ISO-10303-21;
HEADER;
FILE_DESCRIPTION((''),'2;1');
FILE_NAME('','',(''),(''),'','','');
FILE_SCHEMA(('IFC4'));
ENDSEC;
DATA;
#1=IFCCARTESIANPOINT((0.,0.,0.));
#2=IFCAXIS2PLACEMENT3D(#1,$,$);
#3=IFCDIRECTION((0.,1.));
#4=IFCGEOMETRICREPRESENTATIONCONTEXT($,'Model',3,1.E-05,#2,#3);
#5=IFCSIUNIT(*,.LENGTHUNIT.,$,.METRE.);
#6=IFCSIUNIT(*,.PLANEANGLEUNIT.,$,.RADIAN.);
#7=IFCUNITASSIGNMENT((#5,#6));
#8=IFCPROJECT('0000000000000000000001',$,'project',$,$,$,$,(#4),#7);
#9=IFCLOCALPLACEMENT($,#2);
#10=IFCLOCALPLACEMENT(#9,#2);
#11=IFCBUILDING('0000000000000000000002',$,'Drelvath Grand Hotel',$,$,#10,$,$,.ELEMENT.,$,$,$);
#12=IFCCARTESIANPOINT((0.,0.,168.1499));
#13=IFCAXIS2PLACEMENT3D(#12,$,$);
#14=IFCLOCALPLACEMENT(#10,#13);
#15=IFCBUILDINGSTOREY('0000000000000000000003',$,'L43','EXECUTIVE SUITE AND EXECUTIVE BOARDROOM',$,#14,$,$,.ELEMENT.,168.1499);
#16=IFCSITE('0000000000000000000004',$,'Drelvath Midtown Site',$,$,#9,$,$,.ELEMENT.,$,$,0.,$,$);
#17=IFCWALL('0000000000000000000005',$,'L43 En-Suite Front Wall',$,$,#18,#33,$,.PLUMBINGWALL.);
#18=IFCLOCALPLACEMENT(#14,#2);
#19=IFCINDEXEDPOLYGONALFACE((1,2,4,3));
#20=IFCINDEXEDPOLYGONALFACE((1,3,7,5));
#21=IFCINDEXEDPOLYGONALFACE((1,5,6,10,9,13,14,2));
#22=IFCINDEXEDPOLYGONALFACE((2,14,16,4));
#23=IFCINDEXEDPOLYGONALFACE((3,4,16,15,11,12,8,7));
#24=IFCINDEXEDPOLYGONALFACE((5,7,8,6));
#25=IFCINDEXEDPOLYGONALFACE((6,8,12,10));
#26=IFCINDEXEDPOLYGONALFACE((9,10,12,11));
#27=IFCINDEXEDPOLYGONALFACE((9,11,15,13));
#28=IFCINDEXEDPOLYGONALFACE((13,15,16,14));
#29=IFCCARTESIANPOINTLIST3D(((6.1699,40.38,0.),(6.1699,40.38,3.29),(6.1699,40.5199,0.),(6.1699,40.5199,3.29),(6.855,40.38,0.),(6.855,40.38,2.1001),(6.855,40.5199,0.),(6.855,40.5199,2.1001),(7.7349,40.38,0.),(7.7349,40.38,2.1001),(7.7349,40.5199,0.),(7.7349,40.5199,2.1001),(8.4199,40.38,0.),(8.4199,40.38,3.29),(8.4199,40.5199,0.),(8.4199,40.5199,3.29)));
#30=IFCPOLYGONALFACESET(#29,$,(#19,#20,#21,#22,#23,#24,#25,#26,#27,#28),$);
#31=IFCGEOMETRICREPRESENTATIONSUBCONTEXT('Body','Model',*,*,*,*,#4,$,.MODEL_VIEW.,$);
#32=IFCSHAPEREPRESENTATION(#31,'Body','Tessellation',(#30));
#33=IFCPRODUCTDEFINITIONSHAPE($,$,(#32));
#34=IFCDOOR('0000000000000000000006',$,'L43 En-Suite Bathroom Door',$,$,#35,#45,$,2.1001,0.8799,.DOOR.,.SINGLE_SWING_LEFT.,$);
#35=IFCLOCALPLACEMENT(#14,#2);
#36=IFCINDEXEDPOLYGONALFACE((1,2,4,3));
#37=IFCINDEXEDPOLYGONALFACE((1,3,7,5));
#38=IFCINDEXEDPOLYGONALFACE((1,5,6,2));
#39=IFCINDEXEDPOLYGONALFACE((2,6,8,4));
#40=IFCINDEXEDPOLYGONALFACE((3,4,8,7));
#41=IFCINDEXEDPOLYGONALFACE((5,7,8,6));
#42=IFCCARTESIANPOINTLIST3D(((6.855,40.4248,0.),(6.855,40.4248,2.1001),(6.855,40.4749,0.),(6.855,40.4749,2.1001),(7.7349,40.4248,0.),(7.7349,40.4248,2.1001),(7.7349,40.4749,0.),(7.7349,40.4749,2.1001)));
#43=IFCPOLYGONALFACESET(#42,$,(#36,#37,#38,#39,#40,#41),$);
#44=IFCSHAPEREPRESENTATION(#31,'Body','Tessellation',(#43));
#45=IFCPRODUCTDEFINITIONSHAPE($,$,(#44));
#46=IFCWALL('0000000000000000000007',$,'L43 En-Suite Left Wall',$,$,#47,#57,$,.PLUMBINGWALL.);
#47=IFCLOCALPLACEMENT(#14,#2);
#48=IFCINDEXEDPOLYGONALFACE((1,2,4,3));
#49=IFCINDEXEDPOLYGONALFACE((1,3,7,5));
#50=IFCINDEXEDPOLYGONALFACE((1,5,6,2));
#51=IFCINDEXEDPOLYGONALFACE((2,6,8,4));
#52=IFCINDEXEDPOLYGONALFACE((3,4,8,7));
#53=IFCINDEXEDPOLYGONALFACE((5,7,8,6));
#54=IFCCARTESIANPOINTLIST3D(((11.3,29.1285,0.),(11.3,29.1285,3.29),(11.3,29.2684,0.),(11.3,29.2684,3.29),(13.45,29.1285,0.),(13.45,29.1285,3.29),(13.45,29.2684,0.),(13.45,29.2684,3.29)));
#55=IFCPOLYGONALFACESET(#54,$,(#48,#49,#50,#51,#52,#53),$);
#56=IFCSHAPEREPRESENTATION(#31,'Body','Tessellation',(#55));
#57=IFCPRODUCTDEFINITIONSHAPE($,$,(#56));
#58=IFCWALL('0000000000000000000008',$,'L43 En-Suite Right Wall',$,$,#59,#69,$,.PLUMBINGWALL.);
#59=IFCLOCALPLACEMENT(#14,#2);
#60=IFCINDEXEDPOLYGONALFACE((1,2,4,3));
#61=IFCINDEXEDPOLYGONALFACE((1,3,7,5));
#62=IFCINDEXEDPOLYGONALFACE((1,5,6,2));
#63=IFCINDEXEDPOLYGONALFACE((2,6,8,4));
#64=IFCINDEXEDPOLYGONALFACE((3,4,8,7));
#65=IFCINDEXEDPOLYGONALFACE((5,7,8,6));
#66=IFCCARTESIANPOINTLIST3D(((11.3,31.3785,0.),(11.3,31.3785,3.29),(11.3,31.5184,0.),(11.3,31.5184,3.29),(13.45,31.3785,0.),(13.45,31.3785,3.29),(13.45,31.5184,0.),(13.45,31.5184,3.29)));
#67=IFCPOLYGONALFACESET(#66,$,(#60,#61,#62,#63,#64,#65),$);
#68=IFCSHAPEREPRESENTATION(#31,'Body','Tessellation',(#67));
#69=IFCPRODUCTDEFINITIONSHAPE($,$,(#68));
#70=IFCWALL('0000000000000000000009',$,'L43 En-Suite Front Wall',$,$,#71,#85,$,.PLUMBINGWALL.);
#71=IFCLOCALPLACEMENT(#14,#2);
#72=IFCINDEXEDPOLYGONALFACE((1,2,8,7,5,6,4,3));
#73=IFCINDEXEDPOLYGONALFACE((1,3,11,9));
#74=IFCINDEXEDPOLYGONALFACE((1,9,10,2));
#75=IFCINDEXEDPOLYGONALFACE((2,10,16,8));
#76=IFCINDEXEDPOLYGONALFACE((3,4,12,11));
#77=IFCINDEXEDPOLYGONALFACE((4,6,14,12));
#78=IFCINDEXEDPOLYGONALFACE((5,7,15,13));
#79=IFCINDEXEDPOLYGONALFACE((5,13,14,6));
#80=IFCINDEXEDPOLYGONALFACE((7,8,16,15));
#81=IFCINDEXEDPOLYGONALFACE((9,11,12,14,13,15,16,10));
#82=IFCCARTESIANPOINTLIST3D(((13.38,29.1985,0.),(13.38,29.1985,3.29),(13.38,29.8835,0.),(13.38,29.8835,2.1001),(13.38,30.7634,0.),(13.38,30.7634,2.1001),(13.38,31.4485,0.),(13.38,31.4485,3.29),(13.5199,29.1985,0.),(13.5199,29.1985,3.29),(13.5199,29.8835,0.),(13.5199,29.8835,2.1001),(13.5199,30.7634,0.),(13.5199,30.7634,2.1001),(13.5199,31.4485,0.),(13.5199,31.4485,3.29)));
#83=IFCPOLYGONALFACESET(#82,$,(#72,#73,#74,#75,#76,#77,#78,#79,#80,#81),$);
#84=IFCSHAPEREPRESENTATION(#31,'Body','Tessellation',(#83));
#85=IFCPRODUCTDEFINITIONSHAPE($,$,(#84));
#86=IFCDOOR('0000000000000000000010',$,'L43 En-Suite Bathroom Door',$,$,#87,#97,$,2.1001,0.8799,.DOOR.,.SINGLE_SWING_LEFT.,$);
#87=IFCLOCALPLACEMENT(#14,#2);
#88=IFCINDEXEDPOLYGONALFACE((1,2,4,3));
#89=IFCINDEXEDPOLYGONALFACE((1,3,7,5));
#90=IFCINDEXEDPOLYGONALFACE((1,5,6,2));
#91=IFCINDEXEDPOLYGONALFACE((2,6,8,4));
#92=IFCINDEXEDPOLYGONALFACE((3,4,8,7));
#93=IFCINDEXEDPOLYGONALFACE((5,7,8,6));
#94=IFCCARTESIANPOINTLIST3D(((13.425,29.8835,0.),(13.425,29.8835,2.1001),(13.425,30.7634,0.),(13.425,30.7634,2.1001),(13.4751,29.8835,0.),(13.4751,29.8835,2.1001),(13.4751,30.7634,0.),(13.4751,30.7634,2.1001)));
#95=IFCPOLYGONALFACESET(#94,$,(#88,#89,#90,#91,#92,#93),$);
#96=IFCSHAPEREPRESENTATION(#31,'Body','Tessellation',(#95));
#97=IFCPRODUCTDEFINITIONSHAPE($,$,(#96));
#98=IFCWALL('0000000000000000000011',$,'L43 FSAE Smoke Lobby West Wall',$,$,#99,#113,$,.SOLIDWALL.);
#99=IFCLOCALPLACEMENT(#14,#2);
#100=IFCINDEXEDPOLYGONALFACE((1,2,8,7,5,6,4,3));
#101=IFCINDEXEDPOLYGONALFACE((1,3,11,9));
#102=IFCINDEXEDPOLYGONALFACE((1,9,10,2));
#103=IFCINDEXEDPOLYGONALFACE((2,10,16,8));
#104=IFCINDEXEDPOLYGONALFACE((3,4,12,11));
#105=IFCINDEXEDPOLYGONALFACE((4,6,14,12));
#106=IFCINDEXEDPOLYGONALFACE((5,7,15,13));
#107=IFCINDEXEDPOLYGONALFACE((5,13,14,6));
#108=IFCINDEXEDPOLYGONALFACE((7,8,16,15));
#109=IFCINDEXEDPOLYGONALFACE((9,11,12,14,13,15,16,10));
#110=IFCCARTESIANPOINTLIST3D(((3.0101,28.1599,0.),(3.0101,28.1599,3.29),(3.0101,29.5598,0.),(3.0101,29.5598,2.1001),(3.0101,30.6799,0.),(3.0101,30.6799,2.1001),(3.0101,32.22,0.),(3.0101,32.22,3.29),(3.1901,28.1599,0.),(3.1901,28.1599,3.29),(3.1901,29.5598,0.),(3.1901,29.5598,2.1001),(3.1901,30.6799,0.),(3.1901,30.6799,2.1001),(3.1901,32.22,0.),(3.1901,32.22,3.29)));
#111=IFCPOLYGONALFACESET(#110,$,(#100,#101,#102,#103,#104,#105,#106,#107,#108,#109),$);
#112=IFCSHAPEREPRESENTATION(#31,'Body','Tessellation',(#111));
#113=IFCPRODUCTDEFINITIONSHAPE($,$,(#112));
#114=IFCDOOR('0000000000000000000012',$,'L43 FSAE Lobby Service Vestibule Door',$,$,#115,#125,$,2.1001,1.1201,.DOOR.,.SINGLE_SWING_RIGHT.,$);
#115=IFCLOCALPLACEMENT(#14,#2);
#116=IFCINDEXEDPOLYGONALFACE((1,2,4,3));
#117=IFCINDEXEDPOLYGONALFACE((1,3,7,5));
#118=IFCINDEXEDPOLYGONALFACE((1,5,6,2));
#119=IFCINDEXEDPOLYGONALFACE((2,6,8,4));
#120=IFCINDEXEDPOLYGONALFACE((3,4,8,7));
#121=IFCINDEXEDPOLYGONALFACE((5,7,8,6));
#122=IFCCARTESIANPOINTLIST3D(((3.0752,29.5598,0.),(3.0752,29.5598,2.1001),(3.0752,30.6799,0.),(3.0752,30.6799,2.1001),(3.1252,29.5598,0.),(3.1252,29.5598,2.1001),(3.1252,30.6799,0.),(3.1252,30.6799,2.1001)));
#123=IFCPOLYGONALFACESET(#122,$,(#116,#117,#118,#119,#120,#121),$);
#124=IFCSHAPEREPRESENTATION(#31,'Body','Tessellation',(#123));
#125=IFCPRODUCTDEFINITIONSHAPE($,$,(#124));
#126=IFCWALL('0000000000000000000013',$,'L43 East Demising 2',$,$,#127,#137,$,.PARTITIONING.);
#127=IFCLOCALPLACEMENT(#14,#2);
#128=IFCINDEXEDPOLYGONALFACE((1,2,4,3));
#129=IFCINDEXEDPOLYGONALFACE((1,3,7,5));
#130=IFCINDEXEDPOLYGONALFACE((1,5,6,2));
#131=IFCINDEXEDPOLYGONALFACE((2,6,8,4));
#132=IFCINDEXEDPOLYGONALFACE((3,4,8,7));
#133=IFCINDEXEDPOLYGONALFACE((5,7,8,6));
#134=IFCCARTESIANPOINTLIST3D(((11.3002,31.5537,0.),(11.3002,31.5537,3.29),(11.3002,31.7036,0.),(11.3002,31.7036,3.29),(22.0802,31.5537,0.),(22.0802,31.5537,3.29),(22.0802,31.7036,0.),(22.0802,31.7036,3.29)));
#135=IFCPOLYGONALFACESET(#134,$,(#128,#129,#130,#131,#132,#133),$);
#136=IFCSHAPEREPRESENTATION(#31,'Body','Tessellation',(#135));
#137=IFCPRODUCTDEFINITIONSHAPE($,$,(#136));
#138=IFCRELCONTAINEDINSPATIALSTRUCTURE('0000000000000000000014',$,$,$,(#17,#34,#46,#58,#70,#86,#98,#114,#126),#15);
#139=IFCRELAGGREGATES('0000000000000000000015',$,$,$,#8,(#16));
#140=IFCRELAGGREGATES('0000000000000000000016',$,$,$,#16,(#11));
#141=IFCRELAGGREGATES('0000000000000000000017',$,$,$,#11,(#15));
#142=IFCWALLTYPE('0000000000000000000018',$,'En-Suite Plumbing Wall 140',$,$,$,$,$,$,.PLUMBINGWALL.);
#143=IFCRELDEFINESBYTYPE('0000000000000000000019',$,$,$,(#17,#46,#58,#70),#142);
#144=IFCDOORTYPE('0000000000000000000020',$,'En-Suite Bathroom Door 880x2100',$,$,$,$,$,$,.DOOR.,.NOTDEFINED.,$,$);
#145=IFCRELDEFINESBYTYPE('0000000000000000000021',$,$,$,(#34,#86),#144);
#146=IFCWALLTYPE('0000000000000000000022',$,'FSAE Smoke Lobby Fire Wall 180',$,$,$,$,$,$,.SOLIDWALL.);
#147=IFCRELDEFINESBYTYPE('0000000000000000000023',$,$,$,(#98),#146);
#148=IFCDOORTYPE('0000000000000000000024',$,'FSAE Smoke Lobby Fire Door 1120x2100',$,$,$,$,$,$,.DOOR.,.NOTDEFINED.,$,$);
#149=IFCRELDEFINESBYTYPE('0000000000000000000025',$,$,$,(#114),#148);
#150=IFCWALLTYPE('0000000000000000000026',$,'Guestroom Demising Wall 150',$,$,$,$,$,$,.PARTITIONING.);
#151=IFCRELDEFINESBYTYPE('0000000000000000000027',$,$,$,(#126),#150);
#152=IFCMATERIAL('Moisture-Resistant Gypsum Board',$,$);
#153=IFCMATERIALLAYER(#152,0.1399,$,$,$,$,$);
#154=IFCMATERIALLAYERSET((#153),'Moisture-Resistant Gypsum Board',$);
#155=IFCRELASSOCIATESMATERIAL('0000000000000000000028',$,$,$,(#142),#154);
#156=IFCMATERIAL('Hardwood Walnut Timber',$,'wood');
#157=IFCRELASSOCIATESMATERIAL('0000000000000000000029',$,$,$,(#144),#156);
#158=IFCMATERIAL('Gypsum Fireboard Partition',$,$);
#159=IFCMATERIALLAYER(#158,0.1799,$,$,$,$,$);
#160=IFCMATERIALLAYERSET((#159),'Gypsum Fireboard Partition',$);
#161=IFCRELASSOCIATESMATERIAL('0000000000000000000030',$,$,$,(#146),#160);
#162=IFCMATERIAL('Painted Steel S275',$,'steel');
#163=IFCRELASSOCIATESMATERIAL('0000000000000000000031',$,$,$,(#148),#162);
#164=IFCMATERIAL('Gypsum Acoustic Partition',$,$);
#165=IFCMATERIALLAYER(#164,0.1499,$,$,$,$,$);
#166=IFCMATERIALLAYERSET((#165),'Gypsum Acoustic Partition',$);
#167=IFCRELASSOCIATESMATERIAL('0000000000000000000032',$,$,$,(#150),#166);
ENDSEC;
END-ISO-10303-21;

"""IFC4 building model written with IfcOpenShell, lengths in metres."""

from ifc_helpers import new_model, si_unit, direction, frame, frame_2d, origin, place, context, subcontext, project, spatial, rectangle, extrude, material, layer, layer_set, type_object, element, fill, save


model = new_model("IFC4")

# Units and contexts
model_context = context("Model", 3, precision=1e-05, world=origin(), true_north=direction((0.0, 1.0)))
body_context = subcontext(model_context, "Body", "Model", "MODEL_VIEW")
ifc_project = project(units=[si_unit("LENGTHUNIT", "METRE"), si_unit("PLANEANGLEUNIT", "RADIAN")], contexts=[model_context])

# Site, building, storey
site_placement = place(None, origin())
site = spatial("IfcSite", under=ifc_project, at=site_placement, Name="Drelvath Midtown Site", CompositionType="ELEMENT", RefElevation=0.0)
building_placement = place(site_placement, origin())
building = spatial("IfcBuilding", under=site, at=building_placement, Name="Drelvath Grand Hotel", CompositionType="ELEMENT")
storey_placement = place(building_placement, frame((0.0, 0.0, 168.1499)))
storey = spatial("IfcBuildingStorey", under=building, at=storey_placement, Name="L43", Description="EXECUTIVE SUITE AND EXECUTIVE BOARDROOM", CompositionType="ELEMENT", Elevation=168.1499)

# Shared definitions
ifc_material_1 = material(Name="Painted Steel S275", Category="steel")

# Shared definitions
ifc_material_2 = material(Name="Gypsum Fireboard Partition")
ifc_material_3 = material(Name="Moisture-Resistant Gypsum Board")
ifc_layer_1 = layer(ifc_material_3, 0.1399)
ifc_layer_set_1 = layer_set([ifc_layer_1], Name="Moisture-Resistant Gypsum Board")
wall_type_1 = type_object("IfcWallType", Name="En-Suite Plumbing Wall 140", PredefinedType="PLUMBINGWALL", material=ifc_layer_set_1)

# Wall, opening, door
wall_1_placement = place(storey_placement, frame((6.1699, 40.45, 0.0), z_axis=(0.0, 0.0, 1.0), x_axis=(1.0, 0.0, 0.0)))
wall_1 = element("IfcWall", 1, at=wall_1_placement, inside=storey, type_object=wall_type_1, Name="L43 En-Suite Front Wall", PredefinedType="PLUMBINGWALL", context=body_context, shape_type="SweptSolid", body=[
    extrude(rectangle(XDim=2.25, YDim=0.1399, at=frame_2d((1.125, 0.0))), origin(), (0.0, 0.0, 1.0), 3.29),
])
opening_1_placement = place(wall_1_placement, frame((0.6851, 0.0, 0.0)))
opening_1 = element("IfcOpeningElement", 2, at=opening_1_placement, cuts=wall_1, PredefinedType="OPENING", context=body_context, shape_type="SweptSolid", body=[
    extrude(rectangle(XDim=0.8799, YDim=2.1001, at=frame_2d((0.4399, 1.05))), frame((0.0, 0.0798, 0.0), z_axis=(0.0, -1.0, 0.0), x_axis=(1.0, 0.0, 0.0)), (0.0, 0.0, 1.0), 0.1599),
])
ifc_material_4 = material(Name="Hardwood Walnut Timber", Category="wood")
door_type_1 = type_object("IfcDoorType", Name="En-Suite Bathroom Door 880x2100", OperationType="NOTDEFINED", PredefinedType="DOOR", material=ifc_material_4)
door_1_placement = place(opening_1_placement, origin())
door_1 = element("IfcDoor", 3, at=door_1_placement, inside=storey, type_object=door_type_1, Name="L43 En-Suite Bathroom Door", OperationType="SINGLE_SWING_LEFT", OverallHeight=2.1001, OverallWidth=0.8799, PredefinedType="DOOR", context=body_context, shape_type="SweptSolid", body=[
    extrude(rectangle(XDim=0.8799, YDim=2.1001, at=frame_2d((0.4399, 1.05))), frame((0.0, 0.0249, 0.0), z_axis=(0.0, -1.0, 0.0), x_axis=(1.0, 0.0, 0.0)), (0.0, 0.0, 1.0), 0.05),
])
fill(opening_1, door_1)

# Walls
for number, where, z_axis, x_axis, name in (
    (4, (11.3, 29.1985, 0.0), (0.0, 0.0, 1.0), (1.0, 0.0, 0.0), "L43 En-Suite Left Wall"),
    (5, (11.3, 31.4485, 0.0), (0.0, 0.0, 1.0), (1.0, 0.0, 0.0), "L43 En-Suite Right Wall"),
):
    element("IfcWall", number, at=place(storey_placement, frame(where, z_axis=z_axis, x_axis=x_axis)), inside=storey, type_object=wall_type_1, Name=name, PredefinedType="PLUMBINGWALL", context=body_context, shape_type="SweptSolid", body=[
        extrude(rectangle(XDim=2.1499, YDim=0.1399, at=frame_2d((1.075, 0.0))), origin(), (0.0, 0.0, 1.0), 3.29),
    ])

# Walls, openings, doors
wall_2_placement = place(storey_placement, frame((13.45, 29.1985, 0.0), z_axis=(0.0, 0.0, 1.0), x_axis=(0.0, 1.0, 0.0)))
wall_2 = element("IfcWall", 6, at=wall_2_placement, inside=storey, type_object=wall_type_1, Name="L43 En-Suite Front Wall", PredefinedType="PLUMBINGWALL", context=body_context, shape_type="SweptSolid", body=[
    extrude(rectangle(XDim=2.25, YDim=0.1399, at=frame_2d((1.125, 0.0))), origin(), (0.0, 0.0, 1.0), 3.29),
])
opening_2_placement = place(wall_2_placement, frame((0.6851, 0.0, 0.0)))
opening_2 = element("IfcOpeningElement", 7, at=opening_2_placement, cuts=wall_2, PredefinedType="OPENING", context=body_context, shape_type="SweptSolid", body=[
    extrude(rectangle(XDim=0.8799, YDim=2.1001, at=frame_2d((0.4399, 1.05))), frame((0.0, 0.0798, 0.0), z_axis=(0.0, -1.0, 0.0), x_axis=(1.0, 0.0, 0.0)), (0.0, 0.0, 1.0), 0.1599),
])
door_2_placement = place(opening_2_placement, origin())
door_2 = element("IfcDoor", 8, at=door_2_placement, inside=storey, type_object=door_type_1, Name="L43 En-Suite Bathroom Door", OperationType="SINGLE_SWING_LEFT", OverallHeight=2.1001, OverallWidth=0.8799, PredefinedType="DOOR", context=body_context, shape_type="SweptSolid", body=[
    extrude(rectangle(XDim=0.8799, YDim=2.1001, at=frame_2d((0.4399, 1.05))), frame((0.0, 0.0249, 0.0), z_axis=(0.0, -1.0, 0.0), x_axis=(1.0, 0.0, 0.0)), (0.0, 0.0, 1.0), 0.05),
])
fill(opening_2, door_2)
ifc_layer_2 = layer(ifc_material_2, 0.1799)
ifc_layer_set_2 = layer_set([ifc_layer_2], Name="Gypsum Fireboard Partition")
wall_type_2 = type_object("IfcWallType", Name="FSAE Smoke Lobby Fire Wall 180", PredefinedType="SOLIDWALL", material=ifc_layer_set_2)
wall_3_placement = place(storey_placement, frame((3.1001, 28.1599, 0.0), z_axis=(0.0, 0.0, 1.0), x_axis=(0.0, 1.0, 0.0)))
wall_3 = element("IfcWall", 9, at=wall_3_placement, inside=storey, type_object=wall_type_2, Name="L43 FSAE Smoke Lobby West Wall", PredefinedType="SOLIDWALL", context=body_context, shape_type="SweptSolid", body=[
    extrude(rectangle(XDim=4.0601, YDim=0.1799, at=frame_2d((2.03, 0.0))), origin(), (0.0, 0.0, 1.0), 3.29),
])
opening_3_placement = place(wall_3_placement, frame((1.3999, 0.0, 0.0)))
opening_3 = element("IfcOpeningElement", 10, at=opening_3_placement, cuts=wall_3, PredefinedType="OPENING", context=body_context, shape_type="SweptSolid", body=[
    extrude(rectangle(XDim=1.1201, YDim=2.1001, at=frame_2d((0.5601, 1.05))), frame((0.0, 0.0999, 0.0), z_axis=(0.0, -1.0, 0.0), x_axis=(1.0, 0.0, 0.0)), (0.0, 0.0, 1.0), 0.2),
])
door_type_2 = type_object("IfcDoorType", Name="FSAE Smoke Lobby Fire Door 1120x2100", OperationType="NOTDEFINED", PredefinedType="DOOR", material=ifc_material_1)
door_3_placement = place(opening_3_placement, origin())
door_3 = element("IfcDoor", 11, at=door_3_placement, inside=storey, type_object=door_type_2, Name="L43 FSAE Lobby Service Vestibule Door", OperationType="SINGLE_SWING_RIGHT", OverallHeight=2.1001, OverallWidth=1.1201, PredefinedType="DOOR", context=body_context, shape_type="SweptSolid", body=[
    extrude(rectangle(XDim=1.1201, YDim=2.1001, at=frame_2d((0.5601, 1.05))), frame((0.0, 0.0249, 0.0), z_axis=(0.0, -1.0, 0.0), x_axis=(1.0, 0.0, 0.0)), (0.0, 0.0, 1.0), 0.05),
])
fill(opening_3, door_3)

# Wall
ifc_material_5 = material(Name="Gypsum Acoustic Partition")
ifc_layer_3 = layer(ifc_material_5, 0.1499)
ifc_layer_set_3 = layer_set([ifc_layer_3], Name="Gypsum Acoustic Partition")
wall_type_3 = type_object("IfcWallType", Name="Guestroom Demising Wall 150", PredefinedType="PARTITIONING", material=ifc_layer_set_3)
wall_4_placement = place(storey_placement, frame((11.3, 31.6287, 0.0), z_axis=(0.0, 0.0, 1.0), x_axis=(1.0, 0.0, 0.0)))
element("IfcWall", 12, at=wall_4_placement, inside=storey, type_object=wall_type_3, Name="L43 East Demising 2", PredefinedType="PARTITIONING", context=body_context, shape_type="SweptSolid", body=[
    extrude(rectangle(XDim=10.78, YDim=0.1499, at=frame_2d((5.3901, 0.0))), origin(), (0.0, 0.0, 1.0), 3.29),
])

save(model, "model.ifc")
